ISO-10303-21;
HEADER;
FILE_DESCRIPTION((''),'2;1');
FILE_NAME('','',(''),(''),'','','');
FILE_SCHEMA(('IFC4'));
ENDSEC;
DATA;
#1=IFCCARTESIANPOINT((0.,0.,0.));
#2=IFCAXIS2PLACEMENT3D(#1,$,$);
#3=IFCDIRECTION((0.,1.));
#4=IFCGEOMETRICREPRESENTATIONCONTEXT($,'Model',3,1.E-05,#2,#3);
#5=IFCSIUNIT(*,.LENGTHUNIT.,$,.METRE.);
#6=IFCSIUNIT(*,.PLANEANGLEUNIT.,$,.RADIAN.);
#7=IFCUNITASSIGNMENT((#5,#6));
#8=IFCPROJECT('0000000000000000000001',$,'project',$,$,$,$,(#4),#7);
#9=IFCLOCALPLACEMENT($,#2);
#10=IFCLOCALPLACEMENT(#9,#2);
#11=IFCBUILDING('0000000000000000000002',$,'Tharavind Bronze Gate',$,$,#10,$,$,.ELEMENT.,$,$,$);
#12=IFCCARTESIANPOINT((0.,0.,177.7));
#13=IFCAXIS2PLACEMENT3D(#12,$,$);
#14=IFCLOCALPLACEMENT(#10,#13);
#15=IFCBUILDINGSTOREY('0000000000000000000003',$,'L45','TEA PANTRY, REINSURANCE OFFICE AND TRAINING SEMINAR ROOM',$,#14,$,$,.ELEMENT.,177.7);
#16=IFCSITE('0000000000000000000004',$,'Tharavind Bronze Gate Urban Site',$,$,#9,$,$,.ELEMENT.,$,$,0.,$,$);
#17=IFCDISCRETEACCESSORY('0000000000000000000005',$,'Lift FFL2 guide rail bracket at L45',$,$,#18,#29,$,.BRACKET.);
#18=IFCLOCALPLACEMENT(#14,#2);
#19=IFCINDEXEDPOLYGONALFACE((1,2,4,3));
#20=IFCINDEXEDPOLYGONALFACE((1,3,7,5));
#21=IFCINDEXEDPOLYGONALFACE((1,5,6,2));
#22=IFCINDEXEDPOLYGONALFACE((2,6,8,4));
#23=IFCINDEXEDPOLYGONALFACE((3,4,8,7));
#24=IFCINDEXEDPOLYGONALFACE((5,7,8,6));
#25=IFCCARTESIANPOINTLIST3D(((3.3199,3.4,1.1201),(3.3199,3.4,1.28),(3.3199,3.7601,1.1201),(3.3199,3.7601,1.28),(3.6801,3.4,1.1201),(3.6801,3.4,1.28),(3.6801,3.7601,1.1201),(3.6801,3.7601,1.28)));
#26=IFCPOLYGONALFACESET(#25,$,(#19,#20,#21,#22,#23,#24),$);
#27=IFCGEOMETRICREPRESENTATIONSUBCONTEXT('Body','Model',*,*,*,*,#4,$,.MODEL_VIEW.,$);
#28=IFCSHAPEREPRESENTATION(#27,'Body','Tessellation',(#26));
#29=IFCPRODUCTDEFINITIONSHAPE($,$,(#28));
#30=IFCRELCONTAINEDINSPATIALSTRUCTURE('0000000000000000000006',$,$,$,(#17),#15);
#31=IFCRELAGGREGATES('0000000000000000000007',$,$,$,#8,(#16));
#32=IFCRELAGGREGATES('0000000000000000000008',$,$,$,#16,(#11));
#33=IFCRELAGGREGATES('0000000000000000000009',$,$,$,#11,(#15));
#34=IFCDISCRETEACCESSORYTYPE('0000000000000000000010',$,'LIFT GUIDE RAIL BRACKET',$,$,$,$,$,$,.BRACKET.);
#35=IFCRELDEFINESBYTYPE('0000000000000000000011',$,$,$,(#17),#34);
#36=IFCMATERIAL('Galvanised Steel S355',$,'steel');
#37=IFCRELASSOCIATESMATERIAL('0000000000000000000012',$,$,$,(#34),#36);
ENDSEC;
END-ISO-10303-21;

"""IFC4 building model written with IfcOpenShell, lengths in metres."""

from ifc_helpers import new_model, si_unit, direction, frame, origin, origin_2d, place, context, subcontext, project, spatial, rectangle, extrude, material, type_object, element, save


model = new_model("IFC4")

# Units and contexts
model_context = context("Model", 3, precision=1e-05, world=origin(), true_north=direction((0.0, 1.0)))
body_context = subcontext(model_context, "Body", "Model", "MODEL_VIEW")
ifc_project = project(units=[si_unit("LENGTHUNIT", "METRE"), si_unit("PLANEANGLEUNIT", "RADIAN")], contexts=[model_context])

# Site, building, storey
site_placement = place(None, origin())
site = spatial("IfcSite", under=ifc_project, at=site_placement, Name="Tharavind Bronze Gate Urban Site", CompositionType="ELEMENT", RefElevation=0.0)
building_placement = place(site_placement, origin())
building = spatial("IfcBuilding", under=site, at=building_placement, Name="Tharavind Bronze Gate", CompositionType="ELEMENT")
storey_placement = place(building_placement, frame((0.0, 0.0, 177.7)))
storey = spatial("IfcBuildingStorey", under=building, at=storey_placement, Name="L45", Description="TEA PANTRY, REINSURANCE OFFICE AND TRAINING SEMINAR ROOM", CompositionType="ELEMENT", Elevation=177.7)

# Discrete accessory
ifc_material_1 = material(Name="Galvanised Steel S355", Category="steel")
discrete_accessory_type = type_object("IfcDiscreteAccessoryType", Name="LIFT GUIDE RAIL BRACKET", PredefinedType="BRACKET", material=ifc_material_1)
for number, where, z_axis, x_axis, name in (
    (1, (3.5, 3.5801, 1.1201), (0.0, 0.0, 1.0), (1.0, 0.0, 0.0), "Lift FFL2 guide rail bracket at L45"),
):
    element("IfcDiscreteAccessory", number, at=place(storey_placement, frame(where, z_axis=z_axis, x_axis=x_axis)), inside=storey, type_object=discrete_accessory_type, Name=name, PredefinedType="BRACKET", context=body_context, shape_type="SweptSolid", body=[
        extrude(rectangle(XDim=0.3601, YDim=0.3601, at=origin_2d()), origin(), (0.0, 0.0, 1.0), 0.1599),
    ])

save(model, "model.ifc")
